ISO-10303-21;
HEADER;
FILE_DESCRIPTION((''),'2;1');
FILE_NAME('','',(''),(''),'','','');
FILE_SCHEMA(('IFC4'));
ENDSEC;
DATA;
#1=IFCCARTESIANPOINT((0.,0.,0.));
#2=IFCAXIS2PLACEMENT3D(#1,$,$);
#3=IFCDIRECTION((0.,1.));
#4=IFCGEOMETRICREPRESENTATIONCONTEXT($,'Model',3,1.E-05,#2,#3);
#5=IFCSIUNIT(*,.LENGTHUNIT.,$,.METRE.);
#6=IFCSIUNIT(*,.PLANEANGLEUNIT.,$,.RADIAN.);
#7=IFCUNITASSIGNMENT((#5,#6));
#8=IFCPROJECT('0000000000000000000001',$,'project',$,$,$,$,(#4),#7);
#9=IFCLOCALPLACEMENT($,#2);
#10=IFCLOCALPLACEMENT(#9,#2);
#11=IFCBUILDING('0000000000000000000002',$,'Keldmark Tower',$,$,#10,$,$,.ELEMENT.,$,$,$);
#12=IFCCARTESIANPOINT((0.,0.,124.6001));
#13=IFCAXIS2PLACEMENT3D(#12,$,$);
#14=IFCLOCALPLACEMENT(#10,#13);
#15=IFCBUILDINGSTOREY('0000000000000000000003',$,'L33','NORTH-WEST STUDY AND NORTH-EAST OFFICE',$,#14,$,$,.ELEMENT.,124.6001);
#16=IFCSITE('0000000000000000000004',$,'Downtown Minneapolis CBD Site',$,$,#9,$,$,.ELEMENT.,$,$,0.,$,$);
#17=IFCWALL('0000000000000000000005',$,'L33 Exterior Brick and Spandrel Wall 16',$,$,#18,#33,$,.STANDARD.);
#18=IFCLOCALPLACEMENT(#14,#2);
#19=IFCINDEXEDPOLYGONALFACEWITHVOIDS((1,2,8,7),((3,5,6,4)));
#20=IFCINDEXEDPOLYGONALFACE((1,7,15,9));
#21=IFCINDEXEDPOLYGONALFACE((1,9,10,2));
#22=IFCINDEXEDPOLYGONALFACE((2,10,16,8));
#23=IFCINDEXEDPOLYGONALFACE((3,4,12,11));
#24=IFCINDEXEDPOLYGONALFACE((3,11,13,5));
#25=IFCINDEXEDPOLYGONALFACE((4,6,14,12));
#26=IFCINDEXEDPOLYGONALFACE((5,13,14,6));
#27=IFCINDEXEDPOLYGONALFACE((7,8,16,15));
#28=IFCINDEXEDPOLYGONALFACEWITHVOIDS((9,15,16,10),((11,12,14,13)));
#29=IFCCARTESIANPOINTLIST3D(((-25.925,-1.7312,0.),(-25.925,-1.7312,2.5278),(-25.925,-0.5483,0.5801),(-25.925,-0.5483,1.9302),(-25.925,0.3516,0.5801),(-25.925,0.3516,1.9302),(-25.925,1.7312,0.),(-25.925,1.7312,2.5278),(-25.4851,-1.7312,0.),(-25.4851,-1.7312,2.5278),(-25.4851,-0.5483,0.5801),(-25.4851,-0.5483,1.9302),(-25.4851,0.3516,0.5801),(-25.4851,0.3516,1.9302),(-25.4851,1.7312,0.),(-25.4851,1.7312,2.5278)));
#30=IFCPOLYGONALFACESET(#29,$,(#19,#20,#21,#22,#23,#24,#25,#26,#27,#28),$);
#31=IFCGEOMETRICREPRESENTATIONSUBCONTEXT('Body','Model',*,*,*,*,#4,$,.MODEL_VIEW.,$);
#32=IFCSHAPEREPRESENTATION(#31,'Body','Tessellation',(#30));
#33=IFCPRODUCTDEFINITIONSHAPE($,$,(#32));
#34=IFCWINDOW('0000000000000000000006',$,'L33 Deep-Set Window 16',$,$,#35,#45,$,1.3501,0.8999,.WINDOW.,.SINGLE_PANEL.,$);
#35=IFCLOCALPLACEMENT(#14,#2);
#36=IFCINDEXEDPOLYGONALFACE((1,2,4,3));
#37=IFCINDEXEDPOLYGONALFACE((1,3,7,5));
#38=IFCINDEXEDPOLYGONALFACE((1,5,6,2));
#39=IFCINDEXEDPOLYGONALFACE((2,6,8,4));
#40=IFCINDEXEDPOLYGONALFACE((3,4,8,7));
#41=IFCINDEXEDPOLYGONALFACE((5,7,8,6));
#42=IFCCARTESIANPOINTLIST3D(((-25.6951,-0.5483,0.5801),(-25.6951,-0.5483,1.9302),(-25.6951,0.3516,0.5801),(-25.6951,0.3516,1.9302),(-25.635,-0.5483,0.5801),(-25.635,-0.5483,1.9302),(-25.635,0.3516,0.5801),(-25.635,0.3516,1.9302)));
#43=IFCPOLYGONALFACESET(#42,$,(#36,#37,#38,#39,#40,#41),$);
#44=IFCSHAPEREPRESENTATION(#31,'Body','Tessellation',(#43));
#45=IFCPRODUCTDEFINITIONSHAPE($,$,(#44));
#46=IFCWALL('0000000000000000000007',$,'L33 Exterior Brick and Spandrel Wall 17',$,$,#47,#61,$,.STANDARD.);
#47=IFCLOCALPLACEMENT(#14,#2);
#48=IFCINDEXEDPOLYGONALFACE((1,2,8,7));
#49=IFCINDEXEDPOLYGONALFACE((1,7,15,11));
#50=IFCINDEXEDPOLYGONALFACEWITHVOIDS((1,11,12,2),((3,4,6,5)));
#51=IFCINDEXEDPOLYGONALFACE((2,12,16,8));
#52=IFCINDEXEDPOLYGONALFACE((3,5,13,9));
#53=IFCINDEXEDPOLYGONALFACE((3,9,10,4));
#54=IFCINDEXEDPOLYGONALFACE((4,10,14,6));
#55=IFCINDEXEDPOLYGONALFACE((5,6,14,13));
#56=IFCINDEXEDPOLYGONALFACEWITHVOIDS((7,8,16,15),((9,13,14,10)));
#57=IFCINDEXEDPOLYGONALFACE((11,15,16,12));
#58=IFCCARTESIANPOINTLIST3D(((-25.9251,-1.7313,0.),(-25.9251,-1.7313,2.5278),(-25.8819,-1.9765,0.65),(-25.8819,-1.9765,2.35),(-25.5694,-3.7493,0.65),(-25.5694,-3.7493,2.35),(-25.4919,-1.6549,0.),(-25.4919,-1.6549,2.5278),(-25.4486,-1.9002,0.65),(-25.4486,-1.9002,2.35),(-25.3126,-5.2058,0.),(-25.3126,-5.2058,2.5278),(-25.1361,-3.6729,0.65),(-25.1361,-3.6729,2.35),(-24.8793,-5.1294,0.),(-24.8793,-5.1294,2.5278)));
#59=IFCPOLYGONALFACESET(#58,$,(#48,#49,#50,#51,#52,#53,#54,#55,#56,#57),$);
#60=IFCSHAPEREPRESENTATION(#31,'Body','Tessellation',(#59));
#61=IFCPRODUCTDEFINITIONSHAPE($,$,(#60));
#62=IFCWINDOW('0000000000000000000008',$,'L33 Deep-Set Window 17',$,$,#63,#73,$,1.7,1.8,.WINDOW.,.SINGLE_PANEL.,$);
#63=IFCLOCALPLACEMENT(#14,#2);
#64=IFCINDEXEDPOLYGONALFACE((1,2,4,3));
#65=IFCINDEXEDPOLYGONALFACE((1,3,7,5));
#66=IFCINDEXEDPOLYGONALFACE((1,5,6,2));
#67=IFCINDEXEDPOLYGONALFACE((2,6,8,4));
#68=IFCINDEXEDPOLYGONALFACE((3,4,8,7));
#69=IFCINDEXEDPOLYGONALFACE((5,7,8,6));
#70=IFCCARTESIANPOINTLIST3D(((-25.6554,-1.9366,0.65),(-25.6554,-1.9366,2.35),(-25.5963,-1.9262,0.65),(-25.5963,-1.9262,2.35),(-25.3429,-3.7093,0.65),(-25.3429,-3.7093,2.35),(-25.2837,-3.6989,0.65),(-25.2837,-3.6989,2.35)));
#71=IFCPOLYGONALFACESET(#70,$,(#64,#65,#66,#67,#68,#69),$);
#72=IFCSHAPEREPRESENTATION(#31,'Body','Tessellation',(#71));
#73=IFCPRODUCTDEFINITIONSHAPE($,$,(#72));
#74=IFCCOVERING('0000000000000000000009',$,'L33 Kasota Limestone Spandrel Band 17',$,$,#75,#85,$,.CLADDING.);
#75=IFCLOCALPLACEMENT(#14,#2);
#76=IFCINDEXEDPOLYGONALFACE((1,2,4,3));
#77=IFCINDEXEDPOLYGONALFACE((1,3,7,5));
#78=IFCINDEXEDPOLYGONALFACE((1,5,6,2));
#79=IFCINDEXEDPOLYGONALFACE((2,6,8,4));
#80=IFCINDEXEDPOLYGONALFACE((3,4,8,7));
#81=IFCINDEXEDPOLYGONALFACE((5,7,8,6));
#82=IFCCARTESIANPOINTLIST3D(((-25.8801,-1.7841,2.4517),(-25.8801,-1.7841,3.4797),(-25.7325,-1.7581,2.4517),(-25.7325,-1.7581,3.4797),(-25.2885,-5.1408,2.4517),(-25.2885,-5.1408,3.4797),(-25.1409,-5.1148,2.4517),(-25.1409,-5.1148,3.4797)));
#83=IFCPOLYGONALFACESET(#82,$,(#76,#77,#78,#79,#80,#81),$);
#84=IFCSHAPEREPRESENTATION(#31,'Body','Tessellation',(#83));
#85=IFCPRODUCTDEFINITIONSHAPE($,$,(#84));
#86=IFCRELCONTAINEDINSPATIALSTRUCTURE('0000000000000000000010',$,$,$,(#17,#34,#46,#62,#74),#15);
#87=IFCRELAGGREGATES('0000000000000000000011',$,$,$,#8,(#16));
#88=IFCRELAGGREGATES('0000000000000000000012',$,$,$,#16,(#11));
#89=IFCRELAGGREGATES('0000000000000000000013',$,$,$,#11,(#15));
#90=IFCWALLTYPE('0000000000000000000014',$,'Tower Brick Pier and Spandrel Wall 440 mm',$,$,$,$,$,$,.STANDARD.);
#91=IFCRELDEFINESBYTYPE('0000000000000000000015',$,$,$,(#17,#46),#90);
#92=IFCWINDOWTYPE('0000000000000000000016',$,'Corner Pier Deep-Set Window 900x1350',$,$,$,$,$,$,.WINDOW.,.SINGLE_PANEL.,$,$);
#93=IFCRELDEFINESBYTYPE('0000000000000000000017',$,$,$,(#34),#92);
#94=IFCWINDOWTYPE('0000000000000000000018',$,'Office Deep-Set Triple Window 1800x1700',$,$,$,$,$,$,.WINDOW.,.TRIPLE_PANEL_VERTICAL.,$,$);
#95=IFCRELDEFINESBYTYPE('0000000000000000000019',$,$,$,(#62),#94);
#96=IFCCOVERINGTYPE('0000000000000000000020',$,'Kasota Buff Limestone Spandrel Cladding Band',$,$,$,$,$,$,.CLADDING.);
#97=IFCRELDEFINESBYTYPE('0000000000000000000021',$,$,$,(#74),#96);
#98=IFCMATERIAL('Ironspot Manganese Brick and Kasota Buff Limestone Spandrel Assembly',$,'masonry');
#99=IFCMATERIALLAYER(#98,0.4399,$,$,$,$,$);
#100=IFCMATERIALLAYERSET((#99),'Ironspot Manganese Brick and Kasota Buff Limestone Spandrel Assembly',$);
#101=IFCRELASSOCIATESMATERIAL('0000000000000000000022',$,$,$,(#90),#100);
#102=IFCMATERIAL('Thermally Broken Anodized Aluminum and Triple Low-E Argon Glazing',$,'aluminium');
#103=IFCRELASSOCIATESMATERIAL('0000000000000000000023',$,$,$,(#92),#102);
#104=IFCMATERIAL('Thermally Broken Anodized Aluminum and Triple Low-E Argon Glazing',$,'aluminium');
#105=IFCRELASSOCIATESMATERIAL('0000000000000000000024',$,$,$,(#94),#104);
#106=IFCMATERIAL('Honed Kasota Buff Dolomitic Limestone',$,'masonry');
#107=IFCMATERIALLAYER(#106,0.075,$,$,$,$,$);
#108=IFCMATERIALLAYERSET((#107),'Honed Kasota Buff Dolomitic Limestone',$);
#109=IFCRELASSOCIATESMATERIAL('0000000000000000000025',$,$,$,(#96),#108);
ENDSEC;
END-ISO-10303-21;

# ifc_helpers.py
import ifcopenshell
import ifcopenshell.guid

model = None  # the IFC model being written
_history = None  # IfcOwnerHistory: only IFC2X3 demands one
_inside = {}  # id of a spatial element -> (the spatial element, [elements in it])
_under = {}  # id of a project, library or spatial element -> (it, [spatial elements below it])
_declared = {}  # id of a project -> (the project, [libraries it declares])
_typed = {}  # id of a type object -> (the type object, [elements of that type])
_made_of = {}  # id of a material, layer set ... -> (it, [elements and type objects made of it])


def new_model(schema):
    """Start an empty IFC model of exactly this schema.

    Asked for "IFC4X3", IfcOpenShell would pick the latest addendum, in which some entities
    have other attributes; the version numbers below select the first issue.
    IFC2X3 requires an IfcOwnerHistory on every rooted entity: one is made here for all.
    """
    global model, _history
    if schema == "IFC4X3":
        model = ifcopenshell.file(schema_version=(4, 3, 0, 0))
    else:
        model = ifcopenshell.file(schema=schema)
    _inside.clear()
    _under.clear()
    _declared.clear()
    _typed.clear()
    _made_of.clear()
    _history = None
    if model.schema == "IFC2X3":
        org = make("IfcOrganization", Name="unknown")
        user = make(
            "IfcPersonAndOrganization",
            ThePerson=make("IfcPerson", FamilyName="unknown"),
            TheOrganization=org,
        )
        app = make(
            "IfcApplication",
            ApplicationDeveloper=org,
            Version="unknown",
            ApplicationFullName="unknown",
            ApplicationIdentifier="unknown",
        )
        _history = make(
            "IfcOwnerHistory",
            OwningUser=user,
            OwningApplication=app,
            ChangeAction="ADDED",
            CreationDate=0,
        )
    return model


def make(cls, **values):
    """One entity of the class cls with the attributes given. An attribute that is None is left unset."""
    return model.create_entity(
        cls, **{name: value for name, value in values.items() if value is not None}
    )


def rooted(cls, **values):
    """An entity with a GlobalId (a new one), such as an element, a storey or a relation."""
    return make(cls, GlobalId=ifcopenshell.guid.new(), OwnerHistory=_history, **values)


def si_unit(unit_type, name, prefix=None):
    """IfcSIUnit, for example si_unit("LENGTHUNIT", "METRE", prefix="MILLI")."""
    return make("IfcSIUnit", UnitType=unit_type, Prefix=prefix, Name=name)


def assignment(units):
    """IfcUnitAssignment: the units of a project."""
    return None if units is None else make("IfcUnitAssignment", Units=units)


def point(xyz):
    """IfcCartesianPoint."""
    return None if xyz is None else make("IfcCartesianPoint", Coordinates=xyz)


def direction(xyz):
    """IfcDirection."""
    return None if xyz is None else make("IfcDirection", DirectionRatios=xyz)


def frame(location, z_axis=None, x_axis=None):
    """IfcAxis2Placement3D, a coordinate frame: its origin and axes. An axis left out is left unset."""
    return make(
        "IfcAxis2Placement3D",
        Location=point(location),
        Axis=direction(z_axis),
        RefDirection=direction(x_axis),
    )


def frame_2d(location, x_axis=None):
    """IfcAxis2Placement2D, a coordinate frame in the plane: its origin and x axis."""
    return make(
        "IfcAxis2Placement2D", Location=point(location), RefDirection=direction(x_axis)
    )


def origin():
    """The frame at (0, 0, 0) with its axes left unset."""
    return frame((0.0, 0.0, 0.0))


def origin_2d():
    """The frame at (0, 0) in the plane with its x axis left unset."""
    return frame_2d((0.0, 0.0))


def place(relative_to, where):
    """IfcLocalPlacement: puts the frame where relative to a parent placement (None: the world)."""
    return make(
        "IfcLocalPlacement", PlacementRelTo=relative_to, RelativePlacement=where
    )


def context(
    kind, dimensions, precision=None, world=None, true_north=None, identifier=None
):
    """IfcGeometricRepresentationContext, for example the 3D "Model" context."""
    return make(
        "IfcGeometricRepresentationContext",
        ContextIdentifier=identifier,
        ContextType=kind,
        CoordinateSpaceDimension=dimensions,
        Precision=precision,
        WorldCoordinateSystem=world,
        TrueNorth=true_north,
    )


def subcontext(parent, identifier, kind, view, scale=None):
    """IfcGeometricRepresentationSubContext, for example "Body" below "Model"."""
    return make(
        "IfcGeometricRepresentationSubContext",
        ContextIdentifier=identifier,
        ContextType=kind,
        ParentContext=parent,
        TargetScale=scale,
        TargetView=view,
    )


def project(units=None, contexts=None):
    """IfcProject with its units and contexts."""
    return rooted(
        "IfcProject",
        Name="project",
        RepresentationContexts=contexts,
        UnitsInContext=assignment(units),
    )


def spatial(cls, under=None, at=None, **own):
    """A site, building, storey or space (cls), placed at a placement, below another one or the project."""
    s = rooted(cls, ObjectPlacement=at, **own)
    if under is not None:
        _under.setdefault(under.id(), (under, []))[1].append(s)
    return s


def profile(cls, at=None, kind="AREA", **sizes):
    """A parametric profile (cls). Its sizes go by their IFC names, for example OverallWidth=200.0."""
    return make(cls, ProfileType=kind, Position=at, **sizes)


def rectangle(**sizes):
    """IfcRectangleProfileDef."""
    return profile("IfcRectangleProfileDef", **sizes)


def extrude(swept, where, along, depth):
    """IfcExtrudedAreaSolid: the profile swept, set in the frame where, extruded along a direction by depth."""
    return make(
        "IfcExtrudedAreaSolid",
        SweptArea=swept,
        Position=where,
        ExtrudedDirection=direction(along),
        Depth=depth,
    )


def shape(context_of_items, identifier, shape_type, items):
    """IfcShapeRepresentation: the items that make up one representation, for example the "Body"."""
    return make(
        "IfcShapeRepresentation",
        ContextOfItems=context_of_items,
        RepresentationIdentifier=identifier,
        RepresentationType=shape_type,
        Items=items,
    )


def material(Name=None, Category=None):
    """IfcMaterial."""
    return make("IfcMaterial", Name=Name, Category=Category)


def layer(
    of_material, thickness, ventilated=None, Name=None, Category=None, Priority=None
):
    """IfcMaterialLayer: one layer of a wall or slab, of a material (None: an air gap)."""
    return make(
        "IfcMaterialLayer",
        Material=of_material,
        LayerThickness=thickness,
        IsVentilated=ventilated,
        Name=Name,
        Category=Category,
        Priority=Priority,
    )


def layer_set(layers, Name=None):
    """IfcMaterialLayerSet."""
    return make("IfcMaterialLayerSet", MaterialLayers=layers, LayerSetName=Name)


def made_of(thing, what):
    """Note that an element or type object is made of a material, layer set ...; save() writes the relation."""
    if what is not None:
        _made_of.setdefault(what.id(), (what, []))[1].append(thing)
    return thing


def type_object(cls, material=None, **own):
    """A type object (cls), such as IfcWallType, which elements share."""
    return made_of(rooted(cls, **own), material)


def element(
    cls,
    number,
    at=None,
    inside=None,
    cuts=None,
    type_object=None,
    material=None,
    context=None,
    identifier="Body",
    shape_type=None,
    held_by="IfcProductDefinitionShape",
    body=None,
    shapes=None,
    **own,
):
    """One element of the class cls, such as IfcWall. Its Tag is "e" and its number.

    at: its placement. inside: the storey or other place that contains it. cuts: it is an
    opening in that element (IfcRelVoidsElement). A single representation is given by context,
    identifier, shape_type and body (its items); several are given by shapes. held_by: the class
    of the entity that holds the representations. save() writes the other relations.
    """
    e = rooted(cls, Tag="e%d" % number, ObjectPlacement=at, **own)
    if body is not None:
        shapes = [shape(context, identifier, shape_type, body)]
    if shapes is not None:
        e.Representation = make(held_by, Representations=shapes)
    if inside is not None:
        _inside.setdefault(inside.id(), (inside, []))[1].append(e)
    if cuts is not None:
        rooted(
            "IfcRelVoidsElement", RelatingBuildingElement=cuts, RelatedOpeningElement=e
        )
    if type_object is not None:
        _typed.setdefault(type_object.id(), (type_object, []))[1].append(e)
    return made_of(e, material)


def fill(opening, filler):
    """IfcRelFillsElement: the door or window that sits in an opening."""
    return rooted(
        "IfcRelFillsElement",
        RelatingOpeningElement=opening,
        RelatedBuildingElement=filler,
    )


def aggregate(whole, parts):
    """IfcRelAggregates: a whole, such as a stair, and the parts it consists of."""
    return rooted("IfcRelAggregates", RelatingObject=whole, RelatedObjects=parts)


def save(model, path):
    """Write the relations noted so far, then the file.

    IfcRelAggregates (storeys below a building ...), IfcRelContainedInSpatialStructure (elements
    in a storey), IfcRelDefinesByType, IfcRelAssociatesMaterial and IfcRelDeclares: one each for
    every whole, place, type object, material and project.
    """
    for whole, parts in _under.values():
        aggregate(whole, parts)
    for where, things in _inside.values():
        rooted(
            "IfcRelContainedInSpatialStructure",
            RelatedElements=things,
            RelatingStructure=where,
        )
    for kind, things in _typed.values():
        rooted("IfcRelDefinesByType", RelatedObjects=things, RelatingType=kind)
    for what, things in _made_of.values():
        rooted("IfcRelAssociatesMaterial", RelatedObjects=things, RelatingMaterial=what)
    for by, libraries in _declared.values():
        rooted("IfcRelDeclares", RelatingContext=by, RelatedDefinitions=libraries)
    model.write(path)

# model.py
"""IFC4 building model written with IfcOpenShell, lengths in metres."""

from ifc_helpers import new_model, si_unit, direction, frame, frame_2d, origin, origin_2d, place, context, subcontext, project, spatial, rectangle, extrude, material, layer, layer_set, type_object, element, fill, save


model = new_model("IFC4")

# Units and contexts
model_context = context("Model", 3, precision=1e-05, world=origin(), true_north=direction((0.0, 1.0)))
body_context = subcontext(model_context, "Body", "Model", "MODEL_VIEW")
ifc_project = project(units=[si_unit("LENGTHUNIT", "METRE"), si_unit("PLANEANGLEUNIT", "RADIAN")], contexts=[model_context])

# Site, building, storey
site_placement = place(None, origin())
site = spatial("IfcSite", under=ifc_project, at=site_placement, Name="Downtown Minneapolis CBD Site", CompositionType="ELEMENT", RefElevation=0.0)
building_placement = place(site_placement, origin())
building = spatial("IfcBuilding", under=site, at=building_placement, Name="Keldmark Tower", CompositionType="ELEMENT")
storey_placement = place(building_placement, frame((0.0, 0.0, 124.6001)))
storey = spatial("IfcBuildingStorey", under=building, at=storey_placement, Name="L33", Description="NORTH-WEST STUDY AND NORTH-EAST OFFICE", CompositionType="ELEMENT", Elevation=124.6001)

# Walls, openings, windows
ifc_material_1 = material(Name="Ironspot Manganese Brick and Kasota Buff Limestone Spandrel Assembly", Category="masonry")
ifc_layer_1 = layer(ifc_material_1, 0.4399)
ifc_layer_set_1 = layer_set([ifc_layer_1], Name="Ironspot Manganese Brick and Kasota Buff Limestone Spandrel Assembly")
wall_type_1 = type_object("IfcWallType", Name="Tower Brick Pier and Spandrel Wall 440 mm", PredefinedType="STANDARD", material=ifc_layer_set_1)
ifc_material_2 = material(Name="Thermally Broken Anodized Aluminum and Triple Low-E Argon Glazing", Category="aluminium")
window_type_1 = type_object("IfcWindowType", Name="Corner Pier Deep-Set Window 900x1350", PartitioningType="SINGLE_PANEL", PredefinedType="WINDOW", material=ifc_material_2)
wall_1_placement = place(storey_placement, frame((-25.7051, -1.7312, 0.0), z_axis=(0.0, 0.0, 1.0), x_axis=(0.0, 1.0, 0.0)))
wall_1 = element("IfcWall", 1, at=wall_1_placement, inside=storey, type_object=wall_type_1, Name="L33 Exterior Brick and Spandrel Wall 16", PredefinedType="STANDARD", context=body_context, shape_type="SweptSolid", body=[
    extrude(rectangle(XDim=3.4624, YDim=0.4399, at=frame_2d((1.7312, 0.0))), origin(), (0.0, 0.0, 1.0), 2.5278),
])
opening_1_placement = place(wall_1_placement, frame((1.1829, 0.0, 0.5801)))
opening_1 = element("IfcOpeningElement", 2, at=opening_1_placement, cuts=wall_1, PredefinedType="OPENING", context=body_context, shape_type="SweptSolid", body=[
    extrude(rectangle(XDim=0.8999, YDim=1.3501, at=frame_2d((0.45, 0.675))), frame((0.0, 0.23, 0.0), z_axis=(0.0, -1.0, 0.0), x_axis=(1.0, 0.0, 0.0)), (0.0, 0.0, 1.0), 0.46),
])
window_1_placement = place(opening_1_placement, origin())
window_1 = element("IfcWindow", 3, at=window_1_placement, inside=storey, type_object=window_type_1, Name="L33 Deep-Set Window 16", OverallHeight=1.3501, OverallWidth=0.8999, PartitioningType="SINGLE_PANEL", PredefinedType="WINDOW", context=body_context, shape_type="SweptSolid", body=[
    extrude(rectangle(XDim=0.8999, YDim=1.3501, at=frame_2d((0.45, 0.675))), frame((0.0, -0.01, 0.0), z_axis=(0.0, -1.0, 0.0), x_axis=(1.0, 0.0, 0.0)), (0.0, 0.0, 1.0), 0.0601),
])
fill(opening_1, window_1)
wall_2_placement = place(storey_placement, frame((-25.0959, -5.1677, 0.0), z_axis=(0.0, 0.0, 1.0), x_axis=(-0.173616, 0.984813, 0.0)))
wall_2 = element("IfcWall", 4, at=wall_2_placement, inside=storey, type_object=wall_type_1, Name="L33 Exterior Brick and Spandrel Wall 17", PredefinedType="STANDARD", context=body_context, shape_type="SweptSolid", body=[
    extrude(rectangle(XDim=3.5281, YDim=0.4399, at=frame_2d((1.7642, 0.0))), origin(), (0.0, 0.0, 1.0), 2.5278),
])
opening_2_placement = place(wall_2_placement, frame((1.4792, 0.0, 0.6499)))
opening_2 = element("IfcOpeningElement", 5, at=opening_2_placement, cuts=wall_2, PredefinedType="OPENING", context=body_context, shape_type="SweptSolid", body=[
    extrude(rectangle(XDim=1.8, YDim=1.7, at=frame_2d((0.8999, 0.8501))), frame((0.0, 0.23, 0.0), z_axis=(0.0, -1.0, 0.0), x_axis=(1.0, 0.0, 0.0)), (0.0, 0.0, 1.0), 0.46),
])
ifc_material_3 = material(Name="Thermally Broken Anodized Aluminum and Triple Low-E Argon Glazing", Category="aluminium")
window_type_2 = type_object("IfcWindowType", Name="Office Deep-Set Triple Window 1800x1700", PartitioningType="TRIPLE_PANEL_VERTICAL", PredefinedType="WINDOW", material=ifc_material_3)
window_2_placement = place(opening_2_placement, origin())
window_2 = element("IfcWindow", 6, at=window_2_placement, inside=storey, type_object=window_type_2, Name="L33 Deep-Set Window 17", OverallHeight=1.7, OverallWidth=1.8, PartitioningType="SINGLE_PANEL", PredefinedType="WINDOW", context=body_context, shape_type="SweptSolid", body=[
    extrude(rectangle(XDim=1.8, YDim=1.7, at=frame_2d((0.8999, 0.8501))), frame((0.0, -0.01, 0.0), z_axis=(0.0, -1.0, 0.0), x_axis=(1.0, 0.0, 0.0)), (0.0, 0.0, 1.0), 0.0601),
])
fill(opening_2, window_2)

# Covering
ifc_material_4 = material(Name="Honed Kasota Buff Dolomitic Limestone", Category="masonry")
ifc_layer_2 = layer(ifc_material_4, 0.075)
ifc_layer_set_2 = layer_set([ifc_layer_2], Name="Honed Kasota Buff Dolomitic Limestone")
covering_type = type_object("IfcCoveringType", Name="Kasota Buff Limestone Spandrel Cladding Band", PredefinedType="CLADDING", material=ifc_layer_set_2)
covering_placement = place(storey_placement, frame((-25.5105, -3.4495, 2.4517), z_axis=(0.0, 0.0, 1.0), x_axis=(0.173562, -0.984823, 0.0)))
element("IfcCovering", 7, at=covering_placement, inside=storey, type_object=covering_type, Name="L33 Kasota Limestone Spandrel Band 17", PredefinedType="CLADDING", context=body_context, shape_type="SweptSolid", body=[
    extrude(rectangle(XDim=3.4084, YDim=0.1499, at=origin_2d()), origin(), (0.0, 0.0, 1.0), 1.0281),
])

save(model, "model.ifc")
